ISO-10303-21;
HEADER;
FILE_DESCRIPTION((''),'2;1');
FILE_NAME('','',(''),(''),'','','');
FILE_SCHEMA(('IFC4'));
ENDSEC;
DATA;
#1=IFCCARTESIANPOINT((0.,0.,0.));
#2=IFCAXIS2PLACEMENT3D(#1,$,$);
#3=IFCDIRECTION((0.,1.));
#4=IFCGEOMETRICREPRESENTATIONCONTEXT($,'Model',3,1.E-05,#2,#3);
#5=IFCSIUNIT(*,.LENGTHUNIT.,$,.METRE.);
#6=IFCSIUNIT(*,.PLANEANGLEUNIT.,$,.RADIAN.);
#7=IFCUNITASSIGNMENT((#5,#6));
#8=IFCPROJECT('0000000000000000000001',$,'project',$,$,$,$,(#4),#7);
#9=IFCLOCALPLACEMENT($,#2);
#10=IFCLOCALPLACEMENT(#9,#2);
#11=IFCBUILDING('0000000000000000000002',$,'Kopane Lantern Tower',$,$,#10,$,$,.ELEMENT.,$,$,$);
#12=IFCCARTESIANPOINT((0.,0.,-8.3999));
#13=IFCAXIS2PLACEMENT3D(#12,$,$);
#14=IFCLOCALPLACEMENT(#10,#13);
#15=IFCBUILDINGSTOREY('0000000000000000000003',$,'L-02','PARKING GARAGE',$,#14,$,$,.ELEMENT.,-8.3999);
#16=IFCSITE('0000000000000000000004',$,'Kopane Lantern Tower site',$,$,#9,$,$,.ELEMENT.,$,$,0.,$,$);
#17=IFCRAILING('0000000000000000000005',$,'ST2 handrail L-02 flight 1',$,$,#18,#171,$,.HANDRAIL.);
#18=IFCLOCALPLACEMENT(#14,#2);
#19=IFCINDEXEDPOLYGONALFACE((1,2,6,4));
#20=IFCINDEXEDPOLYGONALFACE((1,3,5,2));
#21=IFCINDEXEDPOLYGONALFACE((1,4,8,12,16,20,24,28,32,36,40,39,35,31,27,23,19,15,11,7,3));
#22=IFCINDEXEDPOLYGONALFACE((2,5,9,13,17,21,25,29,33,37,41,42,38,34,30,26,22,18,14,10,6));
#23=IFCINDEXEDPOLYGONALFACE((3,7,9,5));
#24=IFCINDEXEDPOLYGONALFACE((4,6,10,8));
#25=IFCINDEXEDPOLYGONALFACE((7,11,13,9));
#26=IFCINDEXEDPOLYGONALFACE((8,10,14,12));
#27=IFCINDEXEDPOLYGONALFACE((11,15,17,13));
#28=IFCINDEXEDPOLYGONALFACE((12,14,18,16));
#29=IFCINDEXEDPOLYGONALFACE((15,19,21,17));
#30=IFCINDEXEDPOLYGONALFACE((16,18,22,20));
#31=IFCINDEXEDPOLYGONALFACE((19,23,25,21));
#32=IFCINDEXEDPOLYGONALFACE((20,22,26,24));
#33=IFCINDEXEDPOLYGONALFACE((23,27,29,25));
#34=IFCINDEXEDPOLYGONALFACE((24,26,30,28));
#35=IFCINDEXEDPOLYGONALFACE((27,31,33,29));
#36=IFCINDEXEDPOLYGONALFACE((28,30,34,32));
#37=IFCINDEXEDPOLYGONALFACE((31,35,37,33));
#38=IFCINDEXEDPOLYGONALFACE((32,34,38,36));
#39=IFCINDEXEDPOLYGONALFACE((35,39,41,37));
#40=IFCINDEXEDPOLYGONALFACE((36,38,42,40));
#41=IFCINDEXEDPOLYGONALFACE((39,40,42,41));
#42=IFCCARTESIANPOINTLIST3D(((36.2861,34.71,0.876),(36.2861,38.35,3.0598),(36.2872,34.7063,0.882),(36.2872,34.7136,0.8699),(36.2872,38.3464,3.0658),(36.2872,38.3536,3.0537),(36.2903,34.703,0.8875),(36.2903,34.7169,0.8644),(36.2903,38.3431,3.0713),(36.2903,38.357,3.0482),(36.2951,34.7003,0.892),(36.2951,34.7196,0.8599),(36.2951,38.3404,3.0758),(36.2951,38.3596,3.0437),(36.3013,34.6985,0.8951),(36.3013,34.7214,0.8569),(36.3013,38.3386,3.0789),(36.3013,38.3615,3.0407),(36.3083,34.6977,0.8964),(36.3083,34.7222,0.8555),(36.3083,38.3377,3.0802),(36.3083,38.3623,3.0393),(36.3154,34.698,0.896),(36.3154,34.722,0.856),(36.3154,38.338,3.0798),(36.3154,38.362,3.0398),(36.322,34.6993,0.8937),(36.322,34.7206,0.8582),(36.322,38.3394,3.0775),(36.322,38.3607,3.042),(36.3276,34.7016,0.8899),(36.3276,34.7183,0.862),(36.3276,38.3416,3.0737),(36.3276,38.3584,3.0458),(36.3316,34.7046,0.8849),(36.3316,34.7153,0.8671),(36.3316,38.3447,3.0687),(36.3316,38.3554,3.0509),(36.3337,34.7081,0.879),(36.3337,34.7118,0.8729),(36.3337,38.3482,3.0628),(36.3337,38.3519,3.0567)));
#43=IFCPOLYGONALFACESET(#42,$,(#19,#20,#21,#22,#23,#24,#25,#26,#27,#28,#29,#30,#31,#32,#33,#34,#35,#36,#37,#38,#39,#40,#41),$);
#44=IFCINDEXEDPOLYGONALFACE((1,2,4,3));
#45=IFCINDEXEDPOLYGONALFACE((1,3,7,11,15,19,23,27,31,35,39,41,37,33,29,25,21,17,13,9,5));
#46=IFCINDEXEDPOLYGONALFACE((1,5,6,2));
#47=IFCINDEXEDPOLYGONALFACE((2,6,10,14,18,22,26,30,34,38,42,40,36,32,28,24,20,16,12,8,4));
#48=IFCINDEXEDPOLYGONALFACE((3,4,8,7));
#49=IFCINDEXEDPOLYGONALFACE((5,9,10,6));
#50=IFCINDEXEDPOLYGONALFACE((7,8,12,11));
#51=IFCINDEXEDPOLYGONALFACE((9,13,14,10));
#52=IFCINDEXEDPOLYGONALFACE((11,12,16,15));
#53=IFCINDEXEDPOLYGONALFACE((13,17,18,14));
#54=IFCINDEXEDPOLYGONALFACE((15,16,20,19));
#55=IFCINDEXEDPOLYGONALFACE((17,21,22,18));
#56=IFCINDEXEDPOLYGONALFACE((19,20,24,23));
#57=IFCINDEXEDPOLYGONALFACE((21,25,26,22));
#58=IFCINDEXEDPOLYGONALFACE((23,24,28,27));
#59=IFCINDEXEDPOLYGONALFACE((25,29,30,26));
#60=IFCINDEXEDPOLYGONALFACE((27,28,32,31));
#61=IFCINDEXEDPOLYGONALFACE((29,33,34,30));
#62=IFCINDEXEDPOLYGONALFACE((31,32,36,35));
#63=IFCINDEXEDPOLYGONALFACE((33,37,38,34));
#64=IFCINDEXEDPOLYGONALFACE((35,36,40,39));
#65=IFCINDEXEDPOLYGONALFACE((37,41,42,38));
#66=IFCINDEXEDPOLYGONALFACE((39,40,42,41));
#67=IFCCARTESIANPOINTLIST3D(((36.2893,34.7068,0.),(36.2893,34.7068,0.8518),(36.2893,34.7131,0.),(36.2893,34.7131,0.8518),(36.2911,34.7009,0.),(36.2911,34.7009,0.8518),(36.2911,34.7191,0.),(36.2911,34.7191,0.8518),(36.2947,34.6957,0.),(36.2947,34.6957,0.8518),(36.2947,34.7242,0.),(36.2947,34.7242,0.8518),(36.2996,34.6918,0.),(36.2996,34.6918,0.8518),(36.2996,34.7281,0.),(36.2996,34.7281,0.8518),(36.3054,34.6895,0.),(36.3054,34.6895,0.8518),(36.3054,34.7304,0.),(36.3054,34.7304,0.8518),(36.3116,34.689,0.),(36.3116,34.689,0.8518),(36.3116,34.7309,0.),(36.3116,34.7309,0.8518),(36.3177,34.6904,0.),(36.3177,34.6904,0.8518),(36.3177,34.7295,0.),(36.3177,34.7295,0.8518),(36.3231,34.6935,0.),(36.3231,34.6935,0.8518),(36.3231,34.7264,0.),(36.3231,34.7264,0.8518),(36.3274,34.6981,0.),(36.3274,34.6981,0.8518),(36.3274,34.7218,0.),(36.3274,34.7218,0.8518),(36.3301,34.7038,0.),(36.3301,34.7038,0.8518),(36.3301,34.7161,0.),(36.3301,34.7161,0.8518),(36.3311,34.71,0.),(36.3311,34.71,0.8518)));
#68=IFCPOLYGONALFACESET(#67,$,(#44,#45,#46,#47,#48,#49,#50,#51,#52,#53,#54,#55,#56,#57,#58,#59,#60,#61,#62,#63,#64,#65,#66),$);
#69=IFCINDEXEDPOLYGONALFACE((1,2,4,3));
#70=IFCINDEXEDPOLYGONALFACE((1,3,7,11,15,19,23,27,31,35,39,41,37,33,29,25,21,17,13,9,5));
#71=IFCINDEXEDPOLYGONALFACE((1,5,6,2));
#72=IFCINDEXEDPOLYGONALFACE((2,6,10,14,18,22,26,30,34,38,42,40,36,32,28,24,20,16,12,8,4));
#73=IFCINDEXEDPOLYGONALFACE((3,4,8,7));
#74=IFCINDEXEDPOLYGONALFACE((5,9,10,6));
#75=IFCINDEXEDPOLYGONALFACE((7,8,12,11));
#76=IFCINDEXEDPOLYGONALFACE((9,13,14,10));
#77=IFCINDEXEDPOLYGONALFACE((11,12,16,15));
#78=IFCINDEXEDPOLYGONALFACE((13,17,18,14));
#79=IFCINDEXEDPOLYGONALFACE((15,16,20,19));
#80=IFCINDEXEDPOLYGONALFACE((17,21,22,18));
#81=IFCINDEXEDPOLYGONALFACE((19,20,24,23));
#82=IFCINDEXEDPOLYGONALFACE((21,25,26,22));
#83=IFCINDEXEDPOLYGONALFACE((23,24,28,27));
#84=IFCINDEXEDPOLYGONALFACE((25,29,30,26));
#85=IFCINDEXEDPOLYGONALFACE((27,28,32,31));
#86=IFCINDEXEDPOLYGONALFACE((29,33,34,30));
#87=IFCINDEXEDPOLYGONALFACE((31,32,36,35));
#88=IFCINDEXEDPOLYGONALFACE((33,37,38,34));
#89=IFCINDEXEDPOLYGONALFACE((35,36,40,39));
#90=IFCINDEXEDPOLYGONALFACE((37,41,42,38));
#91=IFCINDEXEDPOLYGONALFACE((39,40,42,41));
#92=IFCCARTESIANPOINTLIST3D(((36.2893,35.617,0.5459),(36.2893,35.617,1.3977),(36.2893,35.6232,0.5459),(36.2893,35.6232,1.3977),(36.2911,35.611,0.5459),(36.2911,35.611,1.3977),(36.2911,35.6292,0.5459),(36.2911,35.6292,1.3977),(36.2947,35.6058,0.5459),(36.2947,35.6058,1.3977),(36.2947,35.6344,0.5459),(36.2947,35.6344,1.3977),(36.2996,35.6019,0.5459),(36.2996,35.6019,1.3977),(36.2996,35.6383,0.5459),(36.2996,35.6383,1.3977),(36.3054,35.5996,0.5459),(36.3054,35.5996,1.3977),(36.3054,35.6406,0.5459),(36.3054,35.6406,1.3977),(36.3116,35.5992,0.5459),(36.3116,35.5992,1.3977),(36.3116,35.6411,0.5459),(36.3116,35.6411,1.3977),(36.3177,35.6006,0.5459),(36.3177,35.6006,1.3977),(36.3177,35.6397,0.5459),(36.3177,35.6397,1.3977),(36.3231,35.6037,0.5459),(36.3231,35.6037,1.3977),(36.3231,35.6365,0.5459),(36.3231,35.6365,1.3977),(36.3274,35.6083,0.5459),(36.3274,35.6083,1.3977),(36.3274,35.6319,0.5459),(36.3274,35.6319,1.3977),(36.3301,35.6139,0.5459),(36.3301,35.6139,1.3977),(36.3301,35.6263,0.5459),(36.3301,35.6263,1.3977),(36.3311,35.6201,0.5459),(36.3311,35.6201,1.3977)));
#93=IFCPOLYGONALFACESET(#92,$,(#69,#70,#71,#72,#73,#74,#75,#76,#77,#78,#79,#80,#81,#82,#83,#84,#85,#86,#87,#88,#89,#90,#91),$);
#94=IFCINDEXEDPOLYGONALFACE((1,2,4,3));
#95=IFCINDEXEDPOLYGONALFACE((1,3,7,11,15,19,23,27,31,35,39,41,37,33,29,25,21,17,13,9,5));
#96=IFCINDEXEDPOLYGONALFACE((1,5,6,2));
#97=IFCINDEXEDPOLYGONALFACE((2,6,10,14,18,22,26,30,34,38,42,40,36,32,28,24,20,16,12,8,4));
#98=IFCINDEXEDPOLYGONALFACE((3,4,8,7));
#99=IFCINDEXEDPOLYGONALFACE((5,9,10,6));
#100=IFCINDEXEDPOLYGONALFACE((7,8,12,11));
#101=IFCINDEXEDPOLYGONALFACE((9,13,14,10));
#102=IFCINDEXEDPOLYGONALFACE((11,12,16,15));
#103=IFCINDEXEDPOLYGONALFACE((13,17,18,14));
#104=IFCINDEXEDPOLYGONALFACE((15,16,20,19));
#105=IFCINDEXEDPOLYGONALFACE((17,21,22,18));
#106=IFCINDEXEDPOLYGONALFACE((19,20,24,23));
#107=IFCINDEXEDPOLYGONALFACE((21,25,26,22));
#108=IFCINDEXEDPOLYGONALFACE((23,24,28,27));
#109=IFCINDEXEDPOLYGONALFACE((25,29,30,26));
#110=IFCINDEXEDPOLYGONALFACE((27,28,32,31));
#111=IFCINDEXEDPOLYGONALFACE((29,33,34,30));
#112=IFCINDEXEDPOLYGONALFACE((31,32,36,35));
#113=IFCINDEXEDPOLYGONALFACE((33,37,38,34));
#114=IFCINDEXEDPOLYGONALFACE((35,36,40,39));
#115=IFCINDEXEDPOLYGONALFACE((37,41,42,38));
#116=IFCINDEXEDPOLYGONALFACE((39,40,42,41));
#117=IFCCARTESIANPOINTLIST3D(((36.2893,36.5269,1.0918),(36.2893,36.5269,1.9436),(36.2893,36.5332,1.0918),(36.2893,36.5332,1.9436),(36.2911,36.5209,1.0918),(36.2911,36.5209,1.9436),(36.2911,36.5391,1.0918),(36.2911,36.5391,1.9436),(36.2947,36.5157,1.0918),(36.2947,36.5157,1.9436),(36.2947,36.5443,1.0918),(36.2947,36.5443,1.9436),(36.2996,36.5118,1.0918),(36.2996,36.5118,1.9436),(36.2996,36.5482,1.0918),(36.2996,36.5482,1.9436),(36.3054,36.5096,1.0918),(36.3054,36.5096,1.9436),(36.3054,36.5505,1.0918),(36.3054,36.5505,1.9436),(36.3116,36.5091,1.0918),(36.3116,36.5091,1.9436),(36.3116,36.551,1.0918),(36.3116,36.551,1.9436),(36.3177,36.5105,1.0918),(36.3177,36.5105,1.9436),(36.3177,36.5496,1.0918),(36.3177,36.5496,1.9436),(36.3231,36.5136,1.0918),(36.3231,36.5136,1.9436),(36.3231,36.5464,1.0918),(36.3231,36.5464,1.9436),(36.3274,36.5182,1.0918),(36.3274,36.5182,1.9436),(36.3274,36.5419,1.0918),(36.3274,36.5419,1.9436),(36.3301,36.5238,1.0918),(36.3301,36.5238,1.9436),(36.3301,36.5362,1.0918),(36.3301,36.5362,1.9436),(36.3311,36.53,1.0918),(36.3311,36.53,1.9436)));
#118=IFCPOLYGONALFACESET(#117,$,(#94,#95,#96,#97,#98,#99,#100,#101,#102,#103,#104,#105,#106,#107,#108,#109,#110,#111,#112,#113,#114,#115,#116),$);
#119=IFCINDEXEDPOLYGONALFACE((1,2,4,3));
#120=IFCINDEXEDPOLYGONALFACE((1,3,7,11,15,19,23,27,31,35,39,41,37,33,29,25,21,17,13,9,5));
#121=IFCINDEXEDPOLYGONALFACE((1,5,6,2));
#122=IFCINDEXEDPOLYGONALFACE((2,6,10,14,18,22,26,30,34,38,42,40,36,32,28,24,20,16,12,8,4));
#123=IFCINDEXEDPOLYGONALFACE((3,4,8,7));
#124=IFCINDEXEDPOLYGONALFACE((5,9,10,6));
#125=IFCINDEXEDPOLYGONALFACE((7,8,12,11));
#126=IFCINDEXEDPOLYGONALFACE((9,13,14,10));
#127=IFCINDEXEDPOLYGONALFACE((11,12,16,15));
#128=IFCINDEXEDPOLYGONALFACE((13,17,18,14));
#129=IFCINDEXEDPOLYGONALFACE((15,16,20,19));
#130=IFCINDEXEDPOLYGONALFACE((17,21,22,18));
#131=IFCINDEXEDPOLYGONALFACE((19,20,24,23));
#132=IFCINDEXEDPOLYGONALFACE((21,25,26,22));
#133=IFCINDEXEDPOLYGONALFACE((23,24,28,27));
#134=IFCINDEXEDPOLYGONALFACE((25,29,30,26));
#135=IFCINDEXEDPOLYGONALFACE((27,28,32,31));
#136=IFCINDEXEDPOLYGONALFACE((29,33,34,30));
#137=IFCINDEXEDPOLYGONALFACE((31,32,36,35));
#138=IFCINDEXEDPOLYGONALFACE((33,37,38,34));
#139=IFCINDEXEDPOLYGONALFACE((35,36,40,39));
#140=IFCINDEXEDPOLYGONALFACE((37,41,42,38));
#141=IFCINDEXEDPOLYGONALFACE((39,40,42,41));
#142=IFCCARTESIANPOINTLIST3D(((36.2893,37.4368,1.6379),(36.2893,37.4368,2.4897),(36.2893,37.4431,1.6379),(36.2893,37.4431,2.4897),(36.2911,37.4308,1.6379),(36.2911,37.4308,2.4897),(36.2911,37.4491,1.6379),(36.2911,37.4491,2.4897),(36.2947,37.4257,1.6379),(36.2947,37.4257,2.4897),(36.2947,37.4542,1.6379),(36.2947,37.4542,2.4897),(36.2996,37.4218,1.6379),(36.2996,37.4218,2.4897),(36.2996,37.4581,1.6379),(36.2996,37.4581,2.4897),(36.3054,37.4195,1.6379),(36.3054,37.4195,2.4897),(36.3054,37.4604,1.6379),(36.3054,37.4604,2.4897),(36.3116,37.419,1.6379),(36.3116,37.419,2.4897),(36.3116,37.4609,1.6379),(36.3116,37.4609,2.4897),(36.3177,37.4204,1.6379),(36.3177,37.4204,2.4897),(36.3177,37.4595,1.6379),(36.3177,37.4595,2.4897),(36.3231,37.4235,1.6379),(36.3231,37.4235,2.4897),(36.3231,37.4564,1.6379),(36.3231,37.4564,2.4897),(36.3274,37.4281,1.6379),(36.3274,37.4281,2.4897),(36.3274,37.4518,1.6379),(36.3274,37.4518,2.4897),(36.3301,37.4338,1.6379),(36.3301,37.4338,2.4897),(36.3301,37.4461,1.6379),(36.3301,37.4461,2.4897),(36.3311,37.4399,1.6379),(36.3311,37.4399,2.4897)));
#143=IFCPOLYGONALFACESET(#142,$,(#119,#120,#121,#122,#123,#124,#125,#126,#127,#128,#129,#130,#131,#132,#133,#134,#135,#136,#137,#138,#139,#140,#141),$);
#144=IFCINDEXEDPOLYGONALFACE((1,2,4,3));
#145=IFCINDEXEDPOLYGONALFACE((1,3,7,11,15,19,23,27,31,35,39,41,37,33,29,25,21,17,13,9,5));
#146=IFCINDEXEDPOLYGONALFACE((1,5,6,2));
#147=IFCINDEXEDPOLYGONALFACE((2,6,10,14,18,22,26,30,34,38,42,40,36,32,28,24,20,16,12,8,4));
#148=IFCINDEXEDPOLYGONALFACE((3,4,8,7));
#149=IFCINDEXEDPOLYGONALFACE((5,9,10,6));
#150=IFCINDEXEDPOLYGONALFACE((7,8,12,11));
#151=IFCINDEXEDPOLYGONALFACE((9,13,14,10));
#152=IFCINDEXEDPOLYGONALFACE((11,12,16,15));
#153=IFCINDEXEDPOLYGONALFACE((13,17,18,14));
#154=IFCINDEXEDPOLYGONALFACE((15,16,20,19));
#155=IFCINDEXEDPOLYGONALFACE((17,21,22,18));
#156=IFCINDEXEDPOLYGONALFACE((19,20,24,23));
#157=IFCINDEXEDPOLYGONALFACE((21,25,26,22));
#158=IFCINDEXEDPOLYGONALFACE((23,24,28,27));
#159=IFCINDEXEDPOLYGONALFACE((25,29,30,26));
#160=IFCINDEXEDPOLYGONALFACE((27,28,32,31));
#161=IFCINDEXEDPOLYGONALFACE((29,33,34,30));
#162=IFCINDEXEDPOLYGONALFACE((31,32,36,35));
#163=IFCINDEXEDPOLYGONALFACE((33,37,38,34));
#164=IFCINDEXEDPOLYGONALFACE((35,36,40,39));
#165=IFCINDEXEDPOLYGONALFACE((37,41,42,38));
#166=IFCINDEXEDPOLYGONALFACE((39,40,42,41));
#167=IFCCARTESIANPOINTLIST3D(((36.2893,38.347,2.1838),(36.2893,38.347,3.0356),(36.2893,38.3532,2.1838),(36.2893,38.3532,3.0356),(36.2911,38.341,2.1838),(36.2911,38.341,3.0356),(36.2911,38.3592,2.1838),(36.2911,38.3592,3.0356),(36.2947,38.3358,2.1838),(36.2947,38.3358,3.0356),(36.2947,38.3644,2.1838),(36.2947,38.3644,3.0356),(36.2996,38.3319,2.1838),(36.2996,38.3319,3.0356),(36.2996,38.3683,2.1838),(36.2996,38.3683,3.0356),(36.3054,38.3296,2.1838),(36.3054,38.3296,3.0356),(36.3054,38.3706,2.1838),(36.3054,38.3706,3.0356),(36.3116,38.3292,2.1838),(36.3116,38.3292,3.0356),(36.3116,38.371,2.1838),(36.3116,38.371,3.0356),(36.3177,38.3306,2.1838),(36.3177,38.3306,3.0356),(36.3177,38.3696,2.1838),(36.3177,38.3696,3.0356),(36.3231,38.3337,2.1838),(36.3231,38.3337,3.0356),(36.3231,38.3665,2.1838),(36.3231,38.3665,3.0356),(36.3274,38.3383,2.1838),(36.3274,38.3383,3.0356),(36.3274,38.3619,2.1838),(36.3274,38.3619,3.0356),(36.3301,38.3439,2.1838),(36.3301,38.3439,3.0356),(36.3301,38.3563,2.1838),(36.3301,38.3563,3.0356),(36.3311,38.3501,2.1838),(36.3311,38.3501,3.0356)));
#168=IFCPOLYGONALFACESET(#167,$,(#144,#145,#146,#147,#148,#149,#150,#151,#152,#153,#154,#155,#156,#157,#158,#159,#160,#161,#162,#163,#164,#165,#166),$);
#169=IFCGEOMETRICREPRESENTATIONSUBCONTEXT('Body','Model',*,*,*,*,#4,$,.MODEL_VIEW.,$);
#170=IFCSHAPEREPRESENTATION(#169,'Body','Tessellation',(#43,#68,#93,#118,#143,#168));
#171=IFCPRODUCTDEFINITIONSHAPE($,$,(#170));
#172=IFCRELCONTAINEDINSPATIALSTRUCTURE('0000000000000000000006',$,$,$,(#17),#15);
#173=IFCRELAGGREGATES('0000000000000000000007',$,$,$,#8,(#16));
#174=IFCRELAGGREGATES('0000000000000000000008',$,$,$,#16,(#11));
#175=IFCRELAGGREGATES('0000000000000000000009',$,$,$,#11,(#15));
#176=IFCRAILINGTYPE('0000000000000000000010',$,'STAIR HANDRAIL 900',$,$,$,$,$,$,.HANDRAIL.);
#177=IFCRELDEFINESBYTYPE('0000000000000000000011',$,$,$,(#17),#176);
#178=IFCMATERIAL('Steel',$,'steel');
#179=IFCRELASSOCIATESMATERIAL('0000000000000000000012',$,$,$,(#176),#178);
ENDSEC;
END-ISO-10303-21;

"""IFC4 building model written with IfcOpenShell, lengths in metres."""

from ifc_helpers import new_model, si_unit, direction, frame, origin, origin_2d, place, context, subcontext, project, spatial, circle, extrude, material, type_object, element, save


model = new_model("IFC4")

# Units and contexts
model_context = context("Model", 3, precision=1e-05, world=origin(), true_north=direction((0.0, 1.0)))
body_context = subcontext(model_context, "Body", "Model", "MODEL_VIEW")
ifc_project = project(units=[si_unit("LENGTHUNIT", "METRE"), si_unit("PLANEANGLEUNIT", "RADIAN")], contexts=[model_context])

# Site, building, storey
site_placement = place(None, origin())
site = spatial("IfcSite", under=ifc_project, at=site_placement, Name="Kopane Lantern Tower site", CompositionType="ELEMENT", RefElevation=0.0)
building_placement = place(site_placement, origin())
building = spatial("IfcBuilding", under=site, at=building_placement, Name="Kopane Lantern Tower", CompositionType="ELEMENT")
storey_placement = place(building_placement, frame((0.0, 0.0, -8.3999)))
storey = spatial("IfcBuildingStorey", under=building, at=storey_placement, Name="L-02", Description="PARKING GARAGE", CompositionType="ELEMENT", Elevation=-8.3999)

# Railing
ifc_material_1 = material(Name="Steel", Category="steel")
railing_type_1 = type_object("IfcRailingType", Name="STAIR HANDRAIL 900", PredefinedType="HANDRAIL", material=ifc_material_1)
for number, where, name in (
    (1, (36.3101, 34.71, 0.0), "ST2 handrail L-02 flight 1"),
):
    element("IfcRailing", number, at=place(storey_placement, frame(where)), inside=storey, type_object=railing_type_1, Name=name, PredefinedType="HANDRAIL", context=body_context, shape_type="SweptSolid", body=[
        extrude(circle(Radius=0.0239, at=origin_2d()), frame((0.0, 0.0, 0.876), z_axis=(0.0, 0.857518, 0.514453), x_axis=(-1.0, 0.0, 0.0)), (0.0, 0.0, 1.0), 4.2449),
        extrude(circle(Radius=0.021, at=origin_2d()), origin(), (0.0, 0.0, 1.0), 0.8518),
        extrude(circle(Radius=0.021, at=origin_2d()), frame((0.0, 0.9102, 0.5459)), (0.0, 0.0, 1.0), 0.8518),
        extrude(circle(Radius=0.021, at=origin_2d()), frame((0.0, 1.8201, 1.0918)), (0.0, 0.0, 1.0), 0.8518),
        extrude(circle(Radius=0.021, at=origin_2d()), frame((0.0, 2.73, 1.6379)), (0.0, 0.0, 1.0), 0.8518),
        extrude(circle(Radius=0.021, at=origin_2d()), frame((0.0, 3.6401, 2.1838)), (0.0, 0.0, 1.0), 0.8518),
    ])

save(model, "model.ifc")
